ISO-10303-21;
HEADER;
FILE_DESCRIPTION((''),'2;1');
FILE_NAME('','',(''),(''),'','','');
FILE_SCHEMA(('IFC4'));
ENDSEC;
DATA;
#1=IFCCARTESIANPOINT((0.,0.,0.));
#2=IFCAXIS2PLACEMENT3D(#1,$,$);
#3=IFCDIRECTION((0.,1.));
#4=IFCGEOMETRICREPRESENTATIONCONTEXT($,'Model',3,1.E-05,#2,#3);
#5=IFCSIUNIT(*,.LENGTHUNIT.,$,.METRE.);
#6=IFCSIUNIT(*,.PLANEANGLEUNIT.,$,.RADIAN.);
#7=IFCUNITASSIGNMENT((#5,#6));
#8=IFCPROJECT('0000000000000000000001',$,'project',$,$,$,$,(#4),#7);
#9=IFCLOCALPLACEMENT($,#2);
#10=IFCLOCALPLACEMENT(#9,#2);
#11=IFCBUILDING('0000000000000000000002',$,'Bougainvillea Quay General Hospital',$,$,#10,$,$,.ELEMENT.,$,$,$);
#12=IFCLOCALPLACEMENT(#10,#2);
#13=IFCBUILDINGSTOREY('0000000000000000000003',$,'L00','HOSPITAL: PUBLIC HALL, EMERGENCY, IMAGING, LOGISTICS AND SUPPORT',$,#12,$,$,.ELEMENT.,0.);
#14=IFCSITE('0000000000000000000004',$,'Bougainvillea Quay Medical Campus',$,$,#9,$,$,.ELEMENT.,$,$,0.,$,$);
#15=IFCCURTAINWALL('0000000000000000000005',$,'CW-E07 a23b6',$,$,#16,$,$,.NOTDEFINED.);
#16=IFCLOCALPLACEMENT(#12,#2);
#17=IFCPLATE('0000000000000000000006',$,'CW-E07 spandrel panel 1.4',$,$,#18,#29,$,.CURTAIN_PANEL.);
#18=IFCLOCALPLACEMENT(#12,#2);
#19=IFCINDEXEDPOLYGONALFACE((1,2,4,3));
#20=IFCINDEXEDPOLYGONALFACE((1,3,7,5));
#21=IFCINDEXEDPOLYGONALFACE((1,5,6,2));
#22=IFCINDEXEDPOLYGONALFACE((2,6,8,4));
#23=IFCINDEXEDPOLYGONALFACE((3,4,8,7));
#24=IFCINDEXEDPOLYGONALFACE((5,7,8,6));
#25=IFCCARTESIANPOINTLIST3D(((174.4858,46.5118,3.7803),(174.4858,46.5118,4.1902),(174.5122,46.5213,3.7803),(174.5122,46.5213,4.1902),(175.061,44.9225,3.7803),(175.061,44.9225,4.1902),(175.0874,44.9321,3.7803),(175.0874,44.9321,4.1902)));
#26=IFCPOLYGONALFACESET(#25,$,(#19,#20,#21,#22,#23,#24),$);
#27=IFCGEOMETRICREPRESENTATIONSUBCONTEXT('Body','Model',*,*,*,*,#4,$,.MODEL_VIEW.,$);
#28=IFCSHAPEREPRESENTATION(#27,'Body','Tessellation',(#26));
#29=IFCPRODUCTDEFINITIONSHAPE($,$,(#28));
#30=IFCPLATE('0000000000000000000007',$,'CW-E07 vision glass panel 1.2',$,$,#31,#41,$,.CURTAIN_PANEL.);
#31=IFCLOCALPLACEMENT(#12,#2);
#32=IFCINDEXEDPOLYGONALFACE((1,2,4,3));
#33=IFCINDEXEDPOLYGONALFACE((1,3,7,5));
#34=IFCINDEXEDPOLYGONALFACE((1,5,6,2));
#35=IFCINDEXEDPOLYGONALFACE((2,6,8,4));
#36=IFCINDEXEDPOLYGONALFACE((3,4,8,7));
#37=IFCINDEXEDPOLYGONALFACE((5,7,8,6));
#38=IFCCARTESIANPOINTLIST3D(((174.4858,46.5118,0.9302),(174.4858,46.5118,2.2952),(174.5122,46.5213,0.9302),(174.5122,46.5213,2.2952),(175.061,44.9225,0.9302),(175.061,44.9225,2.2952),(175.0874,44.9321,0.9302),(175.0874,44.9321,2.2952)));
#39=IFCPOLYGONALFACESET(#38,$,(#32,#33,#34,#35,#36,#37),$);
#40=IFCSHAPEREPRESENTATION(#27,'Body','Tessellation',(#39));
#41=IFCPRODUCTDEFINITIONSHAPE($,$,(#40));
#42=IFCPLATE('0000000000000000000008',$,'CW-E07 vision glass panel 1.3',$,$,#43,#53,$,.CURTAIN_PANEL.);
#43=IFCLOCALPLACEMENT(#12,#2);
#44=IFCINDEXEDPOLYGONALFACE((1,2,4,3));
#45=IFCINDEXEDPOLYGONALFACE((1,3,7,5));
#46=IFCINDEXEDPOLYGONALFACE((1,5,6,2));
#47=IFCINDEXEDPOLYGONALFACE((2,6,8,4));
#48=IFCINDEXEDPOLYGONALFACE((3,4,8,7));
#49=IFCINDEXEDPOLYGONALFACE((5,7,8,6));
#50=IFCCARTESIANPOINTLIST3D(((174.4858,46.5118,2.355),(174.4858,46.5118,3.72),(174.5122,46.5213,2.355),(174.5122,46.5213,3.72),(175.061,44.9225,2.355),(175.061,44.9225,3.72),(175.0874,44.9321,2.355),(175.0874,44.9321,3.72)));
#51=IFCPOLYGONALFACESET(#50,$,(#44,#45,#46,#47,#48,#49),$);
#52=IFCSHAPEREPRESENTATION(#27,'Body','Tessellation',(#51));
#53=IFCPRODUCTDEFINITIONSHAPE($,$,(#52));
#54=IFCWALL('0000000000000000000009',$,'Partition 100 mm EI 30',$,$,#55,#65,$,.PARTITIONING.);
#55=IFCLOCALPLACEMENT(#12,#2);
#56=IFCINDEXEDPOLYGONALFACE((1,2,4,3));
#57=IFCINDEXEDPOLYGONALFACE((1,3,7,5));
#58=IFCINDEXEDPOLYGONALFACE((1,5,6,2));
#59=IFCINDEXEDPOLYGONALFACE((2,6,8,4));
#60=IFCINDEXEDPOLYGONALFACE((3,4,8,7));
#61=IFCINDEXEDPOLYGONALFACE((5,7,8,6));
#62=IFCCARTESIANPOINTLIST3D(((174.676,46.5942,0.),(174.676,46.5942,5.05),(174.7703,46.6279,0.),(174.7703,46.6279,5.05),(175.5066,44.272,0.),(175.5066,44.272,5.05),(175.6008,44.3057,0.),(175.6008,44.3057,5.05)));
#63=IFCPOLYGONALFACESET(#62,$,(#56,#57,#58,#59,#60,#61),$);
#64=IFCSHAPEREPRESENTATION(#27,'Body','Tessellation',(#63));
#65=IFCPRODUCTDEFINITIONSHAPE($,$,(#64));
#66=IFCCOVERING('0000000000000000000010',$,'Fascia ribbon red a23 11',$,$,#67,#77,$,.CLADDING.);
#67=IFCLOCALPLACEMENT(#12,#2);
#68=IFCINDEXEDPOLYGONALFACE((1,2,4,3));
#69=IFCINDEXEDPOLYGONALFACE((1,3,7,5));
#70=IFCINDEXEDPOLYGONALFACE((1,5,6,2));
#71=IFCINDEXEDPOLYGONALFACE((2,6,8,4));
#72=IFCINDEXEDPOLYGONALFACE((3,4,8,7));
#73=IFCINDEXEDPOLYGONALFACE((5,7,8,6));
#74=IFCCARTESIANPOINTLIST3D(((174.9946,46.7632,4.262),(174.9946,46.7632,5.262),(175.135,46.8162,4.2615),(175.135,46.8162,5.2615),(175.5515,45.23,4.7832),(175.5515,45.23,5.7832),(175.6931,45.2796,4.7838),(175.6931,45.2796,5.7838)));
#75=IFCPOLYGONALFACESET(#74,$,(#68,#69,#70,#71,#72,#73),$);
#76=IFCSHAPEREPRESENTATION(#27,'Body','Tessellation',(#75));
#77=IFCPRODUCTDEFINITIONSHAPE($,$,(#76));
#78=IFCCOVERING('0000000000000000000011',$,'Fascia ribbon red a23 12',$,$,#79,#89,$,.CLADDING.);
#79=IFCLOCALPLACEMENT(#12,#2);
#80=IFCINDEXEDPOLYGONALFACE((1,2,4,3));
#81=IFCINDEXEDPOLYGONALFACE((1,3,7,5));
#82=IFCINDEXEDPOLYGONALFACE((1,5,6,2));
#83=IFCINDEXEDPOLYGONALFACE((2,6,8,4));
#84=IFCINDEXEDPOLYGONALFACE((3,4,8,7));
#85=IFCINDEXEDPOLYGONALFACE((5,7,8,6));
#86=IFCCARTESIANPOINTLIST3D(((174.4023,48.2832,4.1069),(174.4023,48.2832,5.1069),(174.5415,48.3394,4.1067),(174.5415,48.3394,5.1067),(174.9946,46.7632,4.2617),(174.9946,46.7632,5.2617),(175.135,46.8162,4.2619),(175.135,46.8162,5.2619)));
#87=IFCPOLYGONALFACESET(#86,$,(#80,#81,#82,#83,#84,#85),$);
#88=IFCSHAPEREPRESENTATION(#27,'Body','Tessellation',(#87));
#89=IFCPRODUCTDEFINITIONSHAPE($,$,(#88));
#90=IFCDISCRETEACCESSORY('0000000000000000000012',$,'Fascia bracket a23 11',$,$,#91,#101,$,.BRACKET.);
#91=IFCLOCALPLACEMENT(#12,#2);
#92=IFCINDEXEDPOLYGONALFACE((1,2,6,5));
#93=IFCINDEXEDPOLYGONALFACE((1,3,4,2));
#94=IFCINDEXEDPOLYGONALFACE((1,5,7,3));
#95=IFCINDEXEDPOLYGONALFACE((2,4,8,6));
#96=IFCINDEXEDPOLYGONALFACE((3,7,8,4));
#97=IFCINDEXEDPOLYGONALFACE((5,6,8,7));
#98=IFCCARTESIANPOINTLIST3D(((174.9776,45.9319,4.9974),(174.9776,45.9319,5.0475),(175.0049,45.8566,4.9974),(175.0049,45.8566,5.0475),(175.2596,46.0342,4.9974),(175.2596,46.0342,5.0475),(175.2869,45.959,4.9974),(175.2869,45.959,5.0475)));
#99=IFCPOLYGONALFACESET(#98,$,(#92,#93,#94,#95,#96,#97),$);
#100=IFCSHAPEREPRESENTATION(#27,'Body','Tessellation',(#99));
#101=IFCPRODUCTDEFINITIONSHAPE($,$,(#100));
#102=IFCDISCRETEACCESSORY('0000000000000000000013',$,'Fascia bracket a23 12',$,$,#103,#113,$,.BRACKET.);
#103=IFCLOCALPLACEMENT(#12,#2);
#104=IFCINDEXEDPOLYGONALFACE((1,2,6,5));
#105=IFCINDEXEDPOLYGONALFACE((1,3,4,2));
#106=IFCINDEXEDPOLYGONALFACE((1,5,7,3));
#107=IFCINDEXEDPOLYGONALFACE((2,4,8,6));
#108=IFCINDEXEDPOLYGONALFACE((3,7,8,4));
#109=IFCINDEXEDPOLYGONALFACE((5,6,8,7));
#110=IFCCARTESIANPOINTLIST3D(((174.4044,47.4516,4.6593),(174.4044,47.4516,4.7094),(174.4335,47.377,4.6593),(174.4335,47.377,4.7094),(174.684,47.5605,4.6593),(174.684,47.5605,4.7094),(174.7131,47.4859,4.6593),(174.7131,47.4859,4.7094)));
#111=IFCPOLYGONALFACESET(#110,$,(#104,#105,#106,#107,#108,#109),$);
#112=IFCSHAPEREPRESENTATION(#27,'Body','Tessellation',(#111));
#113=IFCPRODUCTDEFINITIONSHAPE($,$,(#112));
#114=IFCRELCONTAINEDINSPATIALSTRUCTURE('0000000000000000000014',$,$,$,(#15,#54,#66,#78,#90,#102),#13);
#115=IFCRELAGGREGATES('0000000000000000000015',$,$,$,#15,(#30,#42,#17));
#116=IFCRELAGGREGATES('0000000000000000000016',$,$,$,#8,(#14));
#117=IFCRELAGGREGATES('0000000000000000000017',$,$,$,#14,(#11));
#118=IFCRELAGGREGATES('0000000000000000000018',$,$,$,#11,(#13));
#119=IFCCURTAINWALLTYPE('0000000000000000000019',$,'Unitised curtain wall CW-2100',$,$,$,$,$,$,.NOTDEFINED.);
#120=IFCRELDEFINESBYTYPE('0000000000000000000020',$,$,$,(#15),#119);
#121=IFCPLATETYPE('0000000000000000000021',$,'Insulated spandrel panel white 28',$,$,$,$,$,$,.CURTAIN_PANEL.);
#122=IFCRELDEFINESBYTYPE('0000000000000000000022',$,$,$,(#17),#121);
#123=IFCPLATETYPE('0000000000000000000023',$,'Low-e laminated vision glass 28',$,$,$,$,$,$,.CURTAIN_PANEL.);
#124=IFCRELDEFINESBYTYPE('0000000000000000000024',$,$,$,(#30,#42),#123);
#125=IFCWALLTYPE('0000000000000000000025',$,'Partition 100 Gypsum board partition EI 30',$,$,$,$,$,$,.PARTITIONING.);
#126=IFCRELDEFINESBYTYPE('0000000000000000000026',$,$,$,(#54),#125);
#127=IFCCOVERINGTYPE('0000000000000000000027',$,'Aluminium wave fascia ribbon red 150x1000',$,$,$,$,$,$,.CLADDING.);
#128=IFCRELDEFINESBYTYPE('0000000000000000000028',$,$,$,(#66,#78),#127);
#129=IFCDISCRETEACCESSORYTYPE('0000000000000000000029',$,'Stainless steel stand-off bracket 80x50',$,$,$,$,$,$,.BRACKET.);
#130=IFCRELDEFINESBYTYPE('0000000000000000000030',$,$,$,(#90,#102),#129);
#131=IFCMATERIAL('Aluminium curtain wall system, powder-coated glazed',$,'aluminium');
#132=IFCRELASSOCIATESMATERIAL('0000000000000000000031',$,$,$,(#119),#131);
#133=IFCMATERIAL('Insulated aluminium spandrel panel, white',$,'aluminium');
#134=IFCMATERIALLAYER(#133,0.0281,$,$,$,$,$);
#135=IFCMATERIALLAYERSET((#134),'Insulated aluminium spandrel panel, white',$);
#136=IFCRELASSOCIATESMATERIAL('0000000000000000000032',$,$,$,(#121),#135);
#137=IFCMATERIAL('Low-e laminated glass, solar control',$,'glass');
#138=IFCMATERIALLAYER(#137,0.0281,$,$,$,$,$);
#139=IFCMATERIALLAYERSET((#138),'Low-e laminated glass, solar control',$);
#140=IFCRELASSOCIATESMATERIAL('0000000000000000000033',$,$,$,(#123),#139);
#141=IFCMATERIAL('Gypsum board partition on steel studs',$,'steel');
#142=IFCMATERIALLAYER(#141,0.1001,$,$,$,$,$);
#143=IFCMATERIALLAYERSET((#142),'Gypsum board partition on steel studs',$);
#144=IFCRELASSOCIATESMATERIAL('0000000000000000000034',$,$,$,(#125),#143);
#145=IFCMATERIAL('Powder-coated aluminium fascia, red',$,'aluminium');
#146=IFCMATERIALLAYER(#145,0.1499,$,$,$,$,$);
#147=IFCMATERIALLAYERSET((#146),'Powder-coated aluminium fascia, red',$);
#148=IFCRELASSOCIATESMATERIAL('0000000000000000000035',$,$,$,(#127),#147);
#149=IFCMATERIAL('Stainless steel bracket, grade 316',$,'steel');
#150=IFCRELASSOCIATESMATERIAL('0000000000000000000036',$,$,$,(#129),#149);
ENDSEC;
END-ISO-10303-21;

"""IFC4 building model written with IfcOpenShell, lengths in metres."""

from ifc_helpers import new_model, si_unit, direction, frame, frame_2d, origin, origin_2d, place, context, subcontext, project, spatial, polyline, rectangle, outline, extrude, material, layer, layer_set, material_profile, profile_set, type_object, element, aggregate, save


model = new_model("IFC4")

# Units and contexts
model_context = context("Model", 3, precision=1e-05, world=origin(), true_north=direction((0.0, 1.0)))
body_context = subcontext(model_context, "Body", "Model", "MODEL_VIEW")
ifc_project = project(units=[si_unit("LENGTHUNIT", "METRE"), si_unit("PLANEANGLEUNIT", "RADIAN")], contexts=[model_context])

# Site, building, storey
site_placement = place(None, origin())
site = spatial("IfcSite", under=ifc_project, at=site_placement, Name="Bougainvillea Quay Medical Campus", CompositionType="ELEMENT", RefElevation=0.0)
building_placement = place(site_placement, origin())
building = spatial("IfcBuilding", under=site, at=building_placement, Name="Bougainvillea Quay General Hospital", CompositionType="ELEMENT")
storey_placement = place(building_placement, origin())
storey = spatial("IfcBuildingStorey", under=building, at=storey_placement, Name="L00", Description="HOSPITAL: PUBLIC HALL, EMERGENCY, IMAGING, LOGISTICS AND SUPPORT", CompositionType="ELEMENT", Elevation=0.0)

# Shared definitions
ifc_material_1 = material(Name="Aluminium curtain wall system, powder-coated glazed", Category="aluminium")
curtain_wall_type = type_object("IfcCurtainWallType", Name="Unitised curtain wall CW-2100", PredefinedType="NOTDEFINED", material=ifc_material_1)

# Curtain wall, plates
curtain_wall_1_placement = place(storey_placement, origin())
curtain_wall_1 = element("IfcCurtainWall", 1, at=curtain_wall_1_placement, inside=storey, type_object=curtain_wall_type, Name="CW-E07 a23b6", PredefinedType="NOTDEFINED")
ifc_material_2 = material(Name="Insulated aluminium spandrel panel, white", Category="aluminium")
ifc_layer_1 = layer(ifc_material_2, 0.0281)
ifc_layer_set_1 = layer_set([ifc_layer_1], Name="Insulated aluminium spandrel panel, white")
plate_type_1 = type_object("IfcPlateType", Name="Insulated spandrel panel white 28", PredefinedType="CURTAIN_PANEL", material=ifc_layer_set_1)
plate_1_placement = place(storey_placement, frame((174.7866, 45.7219, 3.7803), z_axis=(0.0, 0.0, 1.0), x_axis=(0.340327, -0.940307, 0.0)))
plate_1 = element("IfcPlate", 2, at=plate_1_placement, type_object=plate_type_1, Name="CW-E07 spandrel panel 1.4", PredefinedType="CURTAIN_PANEL", context=body_context, shape_type="SweptSolid", body=[
    extrude(rectangle(XDim=1.6902, YDim=0.0281, at=origin_2d()), origin(), (0.0, 0.0, 1.0), 0.4099),
])
ifc_material_3 = material(Name="Low-e laminated glass, solar control", Category="glass")
ifc_layer_2 = layer(ifc_material_3, 0.0281)
ifc_layer_set_2 = layer_set([ifc_layer_2], Name="Low-e laminated glass, solar control")
plate_type_2 = type_object("IfcPlateType", Name="Low-e laminated vision glass 28", PredefinedType="CURTAIN_PANEL", material=ifc_layer_set_2)
plate_2_placement = place(storey_placement, frame((174.7866, 45.7219, 0.9302), z_axis=(0.0, 0.0, 1.0), x_axis=(0.340327, -0.940307, 0.0)))
plate_2 = element("IfcPlate", 3, at=plate_2_placement, type_object=plate_type_2, Name="CW-E07 vision glass panel 1.2", PredefinedType="CURTAIN_PANEL", context=body_context, shape_type="SweptSolid", body=[
    extrude(rectangle(XDim=1.6902, YDim=0.0281, at=origin_2d()), origin(), (0.0, 0.0, 1.0), 1.365),
])
plate_3_placement = place(storey_placement, frame((174.7866, 45.7219, 2.355), z_axis=(0.0, 0.0, 1.0), x_axis=(0.340327, -0.940307, 0.0)))
plate_3 = element("IfcPlate", 4, at=plate_3_placement, type_object=plate_type_2, Name="CW-E07 vision glass panel 1.3", PredefinedType="CURTAIN_PANEL", context=body_context, shape_type="SweptSolid", body=[
    extrude(rectangle(XDim=1.6902, YDim=0.0281, at=origin_2d()), origin(), (0.0, 0.0, 1.0), 1.365),
])
aggregate(curtain_wall_1, [plate_2, plate_3, plate_1])

# Wall
ifc_material_4 = material(Name="Gypsum board partition on steel studs", Category="steel")
ifc_layer_3 = layer(ifc_material_4, 0.1001)
ifc_layer_set_3 = layer_set([ifc_layer_3], Name="Gypsum board partition on steel studs")
wall_type = type_object("IfcWallType", Name="Partition 100 Gypsum board partition EI 30", PredefinedType="PARTITIONING", material=ifc_layer_set_3)
wall_placement = place(storey_placement, frame((174.7231, 46.6111, 0.0), z_axis=(0.0, 0.0, 1.0), x_axis=(0.336763, -0.94159, 0.0)))
element("IfcWall", 5, at=wall_placement, inside=storey, type_object=wall_type, Name="Partition 100 mm EI 30", PredefinedType="PARTITIONING", context=body_context, shape_type="SweptSolid", body=[
    extrude(rectangle(XDim=2.4663, YDim=0.1001, at=frame_2d((1.2332, 0.0))), origin(), (0.0, 0.0, 1.0), 5.05),
])

# Coverings
ifc_material_5 = material(Name="Powder-coated aluminium fascia, red", Category="aluminium")
ifc_layer_4 = layer(ifc_material_5, 0.1499)
ifc_layer_set_4 = layer_set([ifc_layer_4], Name="Powder-coated aluminium fascia, red")
covering_type = type_object("IfcCoveringType", Name="Aluminium wave fascia ribbon red 150x1000", PredefinedType="CLADDING", material=ifc_layer_set_4)
covering_1_placement = place(storey_placement, frame((175.5515, 45.23, 4.7832), z_axis=(-0.104003, 0.286009, 0.952566), x_axis=(-0.325201, 0.895336, -0.304332)))
element("IfcCovering", 6, at=covering_1_placement, inside=storey, type_object=covering_type, Name="Fascia ribbon red a23 11", PredefinedType="CLADDING", context=body_context, shape_type="SweptSolid", body=[
    extrude(outline(polyline([(0.0, 0.0), (1.7125, 0.0), (1.7144, -0.15), (-0.0018, -0.15), (0.0, 0.0)])), origin(), (-0.304332, -0.000107, 0.952566), 1.0),
])
covering_2_placement = place(storey_placement, frame((174.9946, 46.7632, 4.2617), z_axis=(-0.034369, 0.088037, 0.995524), x_axis=(-0.361442, 0.927592, -0.094508)))
element("IfcCovering", 7, at=covering_2_placement, inside=storey, type_object=covering_type, Name="Fascia ribbon red a23 12", PredefinedType="CLADDING", context=body_context, shape_type="SweptSolid", body=[
    extrude(outline(polyline([(0.0, 0.0), (1.6387, 0.0), (1.6405, -0.1501), (-0.0016, -0.15), (0.0, 0.0)])), origin(), (-0.094508, -0.00006, 0.995524), 1.0),
])

# Discrete accessories
ifc_material_6 = material(Name="Stainless steel bracket, grade 316", Category="steel")
ifc_material_profile_1 = material_profile(ifc_material_6, rectangle(XDim=0.0801, YDim=0.05, at=origin_2d()))
ifc_profile_set_1 = profile_set([ifc_material_profile_1], Name="Stainless steel bracket, grade 316")
discrete_accessory_type = type_object("IfcDiscreteAccessoryType", Name="Stainless steel stand-off bracket 80x50", PredefinedType="BRACKET", material=ifc_profile_set_1)
for number, where, z_axis, x_axis, name in (
    (8, (174.9912, 45.8943, 5.0225), (0.940055, 0.341024, 0.0), (-0.341024, 0.940055, 0.0), "Fascia bracket a23 11"),
    (9, (174.4189, 47.4143, 4.6843), (0.931806, 0.362957, 0.0), (-0.362957, 0.931806, 0.0), "Fascia bracket a23 12"),
):
    element("IfcDiscreteAccessory", number, at=place(storey_placement, frame(where, z_axis=z_axis, x_axis=x_axis)), inside=storey, type_object=discrete_accessory_type, Name=name, PredefinedType="BRACKET", context=body_context, shape_type="SweptSolid", body=[
        extrude(rectangle(XDim=0.0801, YDim=0.05, at=origin_2d()), origin(), (0.0, 0.0, 1.0), 0.3),
    ])

save(model, "model.ifc")
